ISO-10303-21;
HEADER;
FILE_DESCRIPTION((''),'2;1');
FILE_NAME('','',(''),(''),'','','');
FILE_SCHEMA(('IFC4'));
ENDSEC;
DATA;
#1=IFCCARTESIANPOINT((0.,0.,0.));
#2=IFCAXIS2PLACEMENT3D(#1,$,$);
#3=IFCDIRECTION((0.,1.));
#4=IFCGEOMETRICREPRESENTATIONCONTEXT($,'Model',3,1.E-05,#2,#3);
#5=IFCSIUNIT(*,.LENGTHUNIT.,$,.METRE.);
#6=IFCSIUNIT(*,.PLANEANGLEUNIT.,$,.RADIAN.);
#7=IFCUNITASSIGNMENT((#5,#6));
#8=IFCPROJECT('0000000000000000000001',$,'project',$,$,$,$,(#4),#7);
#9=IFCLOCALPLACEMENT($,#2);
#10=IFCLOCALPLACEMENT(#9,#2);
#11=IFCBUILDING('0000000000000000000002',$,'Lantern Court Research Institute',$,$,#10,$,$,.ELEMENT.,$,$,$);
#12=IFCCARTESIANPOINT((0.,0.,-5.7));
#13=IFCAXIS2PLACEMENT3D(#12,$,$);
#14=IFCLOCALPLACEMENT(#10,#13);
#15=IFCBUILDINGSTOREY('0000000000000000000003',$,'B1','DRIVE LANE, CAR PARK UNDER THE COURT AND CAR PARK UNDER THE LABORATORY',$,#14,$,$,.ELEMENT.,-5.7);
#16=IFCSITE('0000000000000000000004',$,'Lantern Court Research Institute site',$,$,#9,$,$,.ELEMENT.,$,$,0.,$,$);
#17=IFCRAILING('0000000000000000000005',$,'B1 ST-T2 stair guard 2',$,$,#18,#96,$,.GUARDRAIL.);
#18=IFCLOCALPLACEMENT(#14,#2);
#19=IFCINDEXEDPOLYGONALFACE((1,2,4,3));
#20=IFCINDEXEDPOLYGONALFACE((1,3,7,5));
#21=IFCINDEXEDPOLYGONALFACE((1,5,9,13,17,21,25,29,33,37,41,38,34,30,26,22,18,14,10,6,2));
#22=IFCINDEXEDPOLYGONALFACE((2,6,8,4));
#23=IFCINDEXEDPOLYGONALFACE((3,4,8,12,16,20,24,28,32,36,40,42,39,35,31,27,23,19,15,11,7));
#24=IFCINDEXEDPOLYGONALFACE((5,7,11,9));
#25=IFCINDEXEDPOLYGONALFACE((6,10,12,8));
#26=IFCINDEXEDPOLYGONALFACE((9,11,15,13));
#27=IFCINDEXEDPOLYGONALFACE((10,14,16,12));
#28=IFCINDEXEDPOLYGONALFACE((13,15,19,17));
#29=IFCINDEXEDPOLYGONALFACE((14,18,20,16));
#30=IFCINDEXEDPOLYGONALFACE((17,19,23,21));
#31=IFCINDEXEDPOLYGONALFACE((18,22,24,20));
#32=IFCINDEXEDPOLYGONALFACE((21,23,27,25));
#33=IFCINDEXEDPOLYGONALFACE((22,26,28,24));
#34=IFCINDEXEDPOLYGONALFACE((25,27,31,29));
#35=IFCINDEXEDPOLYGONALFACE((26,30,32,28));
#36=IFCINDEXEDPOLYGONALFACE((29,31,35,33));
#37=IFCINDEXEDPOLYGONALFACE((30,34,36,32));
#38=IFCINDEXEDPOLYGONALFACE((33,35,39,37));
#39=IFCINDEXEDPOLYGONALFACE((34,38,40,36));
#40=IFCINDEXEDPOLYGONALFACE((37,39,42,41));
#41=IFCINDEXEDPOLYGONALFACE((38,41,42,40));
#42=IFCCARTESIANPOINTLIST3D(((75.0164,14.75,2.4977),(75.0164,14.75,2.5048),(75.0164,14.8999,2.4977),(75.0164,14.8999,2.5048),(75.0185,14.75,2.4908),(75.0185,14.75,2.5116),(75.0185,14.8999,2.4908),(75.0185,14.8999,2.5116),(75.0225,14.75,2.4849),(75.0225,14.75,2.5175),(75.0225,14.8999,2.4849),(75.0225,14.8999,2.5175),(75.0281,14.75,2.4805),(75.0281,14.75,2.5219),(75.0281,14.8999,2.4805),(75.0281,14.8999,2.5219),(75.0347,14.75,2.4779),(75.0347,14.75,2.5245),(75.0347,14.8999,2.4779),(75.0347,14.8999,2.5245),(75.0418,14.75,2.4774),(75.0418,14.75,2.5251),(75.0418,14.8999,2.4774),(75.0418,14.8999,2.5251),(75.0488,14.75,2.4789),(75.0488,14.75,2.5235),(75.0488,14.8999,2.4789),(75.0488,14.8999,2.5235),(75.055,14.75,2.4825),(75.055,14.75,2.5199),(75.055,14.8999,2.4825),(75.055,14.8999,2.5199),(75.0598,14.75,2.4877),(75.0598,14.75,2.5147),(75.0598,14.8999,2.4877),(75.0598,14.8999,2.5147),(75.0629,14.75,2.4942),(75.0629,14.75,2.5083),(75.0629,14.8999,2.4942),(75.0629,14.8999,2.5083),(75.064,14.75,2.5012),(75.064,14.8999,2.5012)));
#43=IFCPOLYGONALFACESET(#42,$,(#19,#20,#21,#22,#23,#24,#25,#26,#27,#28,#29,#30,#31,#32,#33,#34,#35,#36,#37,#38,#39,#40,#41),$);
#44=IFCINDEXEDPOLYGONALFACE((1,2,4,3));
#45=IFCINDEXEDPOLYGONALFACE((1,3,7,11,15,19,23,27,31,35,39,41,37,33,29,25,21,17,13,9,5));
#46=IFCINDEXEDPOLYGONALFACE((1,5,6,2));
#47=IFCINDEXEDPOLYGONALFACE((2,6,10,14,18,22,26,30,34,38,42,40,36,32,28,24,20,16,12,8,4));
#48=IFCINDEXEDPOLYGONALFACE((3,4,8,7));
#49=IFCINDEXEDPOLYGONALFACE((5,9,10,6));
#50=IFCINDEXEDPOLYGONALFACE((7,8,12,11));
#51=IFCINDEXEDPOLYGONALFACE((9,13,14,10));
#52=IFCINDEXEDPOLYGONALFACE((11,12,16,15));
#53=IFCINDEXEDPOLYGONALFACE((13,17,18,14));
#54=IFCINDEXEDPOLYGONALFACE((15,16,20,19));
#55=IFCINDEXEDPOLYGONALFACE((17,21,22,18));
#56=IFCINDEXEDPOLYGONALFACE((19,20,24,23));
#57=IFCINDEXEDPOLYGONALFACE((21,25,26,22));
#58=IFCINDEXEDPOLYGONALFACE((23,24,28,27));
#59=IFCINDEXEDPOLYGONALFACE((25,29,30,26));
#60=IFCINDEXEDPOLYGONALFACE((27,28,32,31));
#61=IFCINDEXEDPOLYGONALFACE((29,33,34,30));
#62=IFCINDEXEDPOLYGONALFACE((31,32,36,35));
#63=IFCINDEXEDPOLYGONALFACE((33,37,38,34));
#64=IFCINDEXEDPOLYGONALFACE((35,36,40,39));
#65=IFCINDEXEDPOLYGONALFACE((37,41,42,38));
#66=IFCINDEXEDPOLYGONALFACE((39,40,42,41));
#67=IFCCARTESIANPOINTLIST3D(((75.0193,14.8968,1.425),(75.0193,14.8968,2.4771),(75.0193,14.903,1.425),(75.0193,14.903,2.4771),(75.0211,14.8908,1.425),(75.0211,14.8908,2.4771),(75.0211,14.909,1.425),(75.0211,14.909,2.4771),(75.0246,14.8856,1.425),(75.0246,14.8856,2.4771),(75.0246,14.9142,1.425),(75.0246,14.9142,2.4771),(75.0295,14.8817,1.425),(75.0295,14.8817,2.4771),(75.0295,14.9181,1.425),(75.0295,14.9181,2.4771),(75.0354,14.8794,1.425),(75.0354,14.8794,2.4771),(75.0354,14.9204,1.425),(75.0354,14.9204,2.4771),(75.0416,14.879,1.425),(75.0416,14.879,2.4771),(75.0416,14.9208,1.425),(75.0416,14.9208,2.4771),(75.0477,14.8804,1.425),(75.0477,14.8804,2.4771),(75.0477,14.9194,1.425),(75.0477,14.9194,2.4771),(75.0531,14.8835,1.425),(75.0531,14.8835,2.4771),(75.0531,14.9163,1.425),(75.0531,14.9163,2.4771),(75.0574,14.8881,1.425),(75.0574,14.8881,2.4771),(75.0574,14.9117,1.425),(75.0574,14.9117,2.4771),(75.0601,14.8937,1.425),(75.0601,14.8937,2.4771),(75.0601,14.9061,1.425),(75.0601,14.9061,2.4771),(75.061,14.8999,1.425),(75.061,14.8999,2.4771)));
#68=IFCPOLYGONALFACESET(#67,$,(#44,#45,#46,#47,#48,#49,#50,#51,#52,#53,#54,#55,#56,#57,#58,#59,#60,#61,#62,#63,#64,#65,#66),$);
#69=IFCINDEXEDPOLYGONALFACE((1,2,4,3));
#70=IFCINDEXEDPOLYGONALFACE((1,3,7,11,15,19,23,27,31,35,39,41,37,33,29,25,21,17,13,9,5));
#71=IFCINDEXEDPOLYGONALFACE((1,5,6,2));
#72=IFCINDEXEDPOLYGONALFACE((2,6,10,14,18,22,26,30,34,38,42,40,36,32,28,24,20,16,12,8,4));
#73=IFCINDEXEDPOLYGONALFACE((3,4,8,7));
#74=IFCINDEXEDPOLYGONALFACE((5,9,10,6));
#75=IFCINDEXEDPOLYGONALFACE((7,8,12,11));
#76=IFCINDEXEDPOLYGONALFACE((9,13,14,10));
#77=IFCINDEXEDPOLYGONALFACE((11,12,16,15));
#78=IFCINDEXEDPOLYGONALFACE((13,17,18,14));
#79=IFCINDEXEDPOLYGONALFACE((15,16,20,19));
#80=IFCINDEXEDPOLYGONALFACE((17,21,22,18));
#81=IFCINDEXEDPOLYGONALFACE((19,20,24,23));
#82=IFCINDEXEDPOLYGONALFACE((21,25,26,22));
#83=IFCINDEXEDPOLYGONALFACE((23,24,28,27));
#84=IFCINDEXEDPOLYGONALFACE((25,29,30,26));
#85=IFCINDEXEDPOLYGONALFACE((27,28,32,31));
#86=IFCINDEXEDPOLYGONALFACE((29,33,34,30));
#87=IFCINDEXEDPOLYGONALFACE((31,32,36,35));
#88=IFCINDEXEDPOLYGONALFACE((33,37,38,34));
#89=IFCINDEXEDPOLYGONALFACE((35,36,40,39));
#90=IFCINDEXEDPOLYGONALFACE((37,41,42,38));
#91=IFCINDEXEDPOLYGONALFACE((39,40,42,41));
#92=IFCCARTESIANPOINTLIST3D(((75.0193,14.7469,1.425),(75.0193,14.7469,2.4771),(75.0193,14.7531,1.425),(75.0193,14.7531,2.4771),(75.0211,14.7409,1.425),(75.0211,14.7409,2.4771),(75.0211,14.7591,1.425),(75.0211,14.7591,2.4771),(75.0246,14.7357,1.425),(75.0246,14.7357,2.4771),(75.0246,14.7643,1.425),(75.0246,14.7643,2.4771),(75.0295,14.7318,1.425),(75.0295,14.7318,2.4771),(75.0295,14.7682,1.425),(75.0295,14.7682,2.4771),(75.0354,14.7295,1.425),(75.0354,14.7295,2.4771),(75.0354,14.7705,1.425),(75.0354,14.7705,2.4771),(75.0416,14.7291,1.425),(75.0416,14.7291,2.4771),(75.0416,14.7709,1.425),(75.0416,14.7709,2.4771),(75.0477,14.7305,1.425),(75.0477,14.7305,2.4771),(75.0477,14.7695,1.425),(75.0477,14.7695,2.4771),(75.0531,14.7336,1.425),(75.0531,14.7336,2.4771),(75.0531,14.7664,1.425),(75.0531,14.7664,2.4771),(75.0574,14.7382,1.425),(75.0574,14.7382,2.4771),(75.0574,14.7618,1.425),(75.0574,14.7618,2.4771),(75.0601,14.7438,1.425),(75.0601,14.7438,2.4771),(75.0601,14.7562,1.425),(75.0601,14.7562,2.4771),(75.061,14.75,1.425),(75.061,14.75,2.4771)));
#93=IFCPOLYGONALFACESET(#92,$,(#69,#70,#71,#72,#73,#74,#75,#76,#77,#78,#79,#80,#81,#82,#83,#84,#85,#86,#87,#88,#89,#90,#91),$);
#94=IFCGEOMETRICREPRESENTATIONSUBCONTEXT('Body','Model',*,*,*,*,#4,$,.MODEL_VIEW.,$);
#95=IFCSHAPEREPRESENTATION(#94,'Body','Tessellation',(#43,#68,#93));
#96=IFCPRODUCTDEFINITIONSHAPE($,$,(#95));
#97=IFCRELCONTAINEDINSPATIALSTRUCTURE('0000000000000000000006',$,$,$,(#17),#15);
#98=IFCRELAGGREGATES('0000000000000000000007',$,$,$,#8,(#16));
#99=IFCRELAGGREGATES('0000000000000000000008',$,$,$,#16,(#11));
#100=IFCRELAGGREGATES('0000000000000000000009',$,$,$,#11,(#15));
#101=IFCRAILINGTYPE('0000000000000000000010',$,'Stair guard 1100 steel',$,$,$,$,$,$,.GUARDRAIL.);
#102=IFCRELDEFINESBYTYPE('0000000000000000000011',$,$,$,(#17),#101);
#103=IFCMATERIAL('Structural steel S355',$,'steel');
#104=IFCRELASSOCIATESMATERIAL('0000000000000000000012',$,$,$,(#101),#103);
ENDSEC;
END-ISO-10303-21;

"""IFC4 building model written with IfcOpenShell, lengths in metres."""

from ifc_helpers import new_model, si_unit, direction, frame, origin, origin_2d, place, context, subcontext, project, spatial, circle, extrude, material, type_object, element, save


model = new_model("IFC4")

# Units and contexts
model_context = context("Model", 3, precision=1e-05, world=origin(), true_north=direction((0.0, 1.0)))
body_context = subcontext(model_context, "Body", "Model", "MODEL_VIEW")
ifc_project = project(units=[si_unit("LENGTHUNIT", "METRE"), si_unit("PLANEANGLEUNIT", "RADIAN")], contexts=[model_context])

# Site, building, storey
site_placement = place(None, origin())
site = spatial("IfcSite", under=ifc_project, at=site_placement, Name="Lantern Court Research Institute site", CompositionType="ELEMENT", RefElevation=0.0)
building_placement = place(site_placement, origin())
building = spatial("IfcBuilding", under=site, at=building_placement, Name="Lantern Court Research Institute", CompositionType="ELEMENT")
storey_placement = place(building_placement, frame((0.0, 0.0, -5.7)))
storey = spatial("IfcBuildingStorey", under=building, at=storey_placement, Name="B1", Description="DRIVE LANE, CAR PARK UNDER THE COURT AND CAR PARK UNDER THE LABORATORY", CompositionType="ELEMENT", Elevation=-5.7)

# Railing
ifc_material_1 = material(Name="Structural steel S355", Category="steel")
railing_type_1 = type_object("IfcRailingType", Name="Stair guard 1100 steel", PredefinedType="GUARDRAIL", material=ifc_material_1)
railing_1_placement = place(storey_placement, frame((75.04, 14.8999, 1.425)))
element("IfcRailing", 1, at=railing_1_placement, inside=storey, type_object=railing_type_1, Name="B1 ST-T2 stair guard 2", PredefinedType="GUARDRAIL", context=body_context, shape_type="SweptSolid", body=[
    extrude(circle(Radius=0.0239, at=origin_2d()), frame((0.0, 0.0, 1.0762), z_axis=(0.0, -1.0, 0.0), x_axis=(1.0, 0.0, 0.0)), (0.0, 0.0, 1.0), 0.1499),
    extrude(circle(Radius=0.021, at=origin_2d()), origin(), (0.0, 0.0, 1.0), 1.052),
    extrude(circle(Radius=0.021, at=origin_2d()), frame((0.0, -0.1499, 0.0)), (0.0, 0.0, 1.0), 1.052),
])

save(model, "model.ifc")
